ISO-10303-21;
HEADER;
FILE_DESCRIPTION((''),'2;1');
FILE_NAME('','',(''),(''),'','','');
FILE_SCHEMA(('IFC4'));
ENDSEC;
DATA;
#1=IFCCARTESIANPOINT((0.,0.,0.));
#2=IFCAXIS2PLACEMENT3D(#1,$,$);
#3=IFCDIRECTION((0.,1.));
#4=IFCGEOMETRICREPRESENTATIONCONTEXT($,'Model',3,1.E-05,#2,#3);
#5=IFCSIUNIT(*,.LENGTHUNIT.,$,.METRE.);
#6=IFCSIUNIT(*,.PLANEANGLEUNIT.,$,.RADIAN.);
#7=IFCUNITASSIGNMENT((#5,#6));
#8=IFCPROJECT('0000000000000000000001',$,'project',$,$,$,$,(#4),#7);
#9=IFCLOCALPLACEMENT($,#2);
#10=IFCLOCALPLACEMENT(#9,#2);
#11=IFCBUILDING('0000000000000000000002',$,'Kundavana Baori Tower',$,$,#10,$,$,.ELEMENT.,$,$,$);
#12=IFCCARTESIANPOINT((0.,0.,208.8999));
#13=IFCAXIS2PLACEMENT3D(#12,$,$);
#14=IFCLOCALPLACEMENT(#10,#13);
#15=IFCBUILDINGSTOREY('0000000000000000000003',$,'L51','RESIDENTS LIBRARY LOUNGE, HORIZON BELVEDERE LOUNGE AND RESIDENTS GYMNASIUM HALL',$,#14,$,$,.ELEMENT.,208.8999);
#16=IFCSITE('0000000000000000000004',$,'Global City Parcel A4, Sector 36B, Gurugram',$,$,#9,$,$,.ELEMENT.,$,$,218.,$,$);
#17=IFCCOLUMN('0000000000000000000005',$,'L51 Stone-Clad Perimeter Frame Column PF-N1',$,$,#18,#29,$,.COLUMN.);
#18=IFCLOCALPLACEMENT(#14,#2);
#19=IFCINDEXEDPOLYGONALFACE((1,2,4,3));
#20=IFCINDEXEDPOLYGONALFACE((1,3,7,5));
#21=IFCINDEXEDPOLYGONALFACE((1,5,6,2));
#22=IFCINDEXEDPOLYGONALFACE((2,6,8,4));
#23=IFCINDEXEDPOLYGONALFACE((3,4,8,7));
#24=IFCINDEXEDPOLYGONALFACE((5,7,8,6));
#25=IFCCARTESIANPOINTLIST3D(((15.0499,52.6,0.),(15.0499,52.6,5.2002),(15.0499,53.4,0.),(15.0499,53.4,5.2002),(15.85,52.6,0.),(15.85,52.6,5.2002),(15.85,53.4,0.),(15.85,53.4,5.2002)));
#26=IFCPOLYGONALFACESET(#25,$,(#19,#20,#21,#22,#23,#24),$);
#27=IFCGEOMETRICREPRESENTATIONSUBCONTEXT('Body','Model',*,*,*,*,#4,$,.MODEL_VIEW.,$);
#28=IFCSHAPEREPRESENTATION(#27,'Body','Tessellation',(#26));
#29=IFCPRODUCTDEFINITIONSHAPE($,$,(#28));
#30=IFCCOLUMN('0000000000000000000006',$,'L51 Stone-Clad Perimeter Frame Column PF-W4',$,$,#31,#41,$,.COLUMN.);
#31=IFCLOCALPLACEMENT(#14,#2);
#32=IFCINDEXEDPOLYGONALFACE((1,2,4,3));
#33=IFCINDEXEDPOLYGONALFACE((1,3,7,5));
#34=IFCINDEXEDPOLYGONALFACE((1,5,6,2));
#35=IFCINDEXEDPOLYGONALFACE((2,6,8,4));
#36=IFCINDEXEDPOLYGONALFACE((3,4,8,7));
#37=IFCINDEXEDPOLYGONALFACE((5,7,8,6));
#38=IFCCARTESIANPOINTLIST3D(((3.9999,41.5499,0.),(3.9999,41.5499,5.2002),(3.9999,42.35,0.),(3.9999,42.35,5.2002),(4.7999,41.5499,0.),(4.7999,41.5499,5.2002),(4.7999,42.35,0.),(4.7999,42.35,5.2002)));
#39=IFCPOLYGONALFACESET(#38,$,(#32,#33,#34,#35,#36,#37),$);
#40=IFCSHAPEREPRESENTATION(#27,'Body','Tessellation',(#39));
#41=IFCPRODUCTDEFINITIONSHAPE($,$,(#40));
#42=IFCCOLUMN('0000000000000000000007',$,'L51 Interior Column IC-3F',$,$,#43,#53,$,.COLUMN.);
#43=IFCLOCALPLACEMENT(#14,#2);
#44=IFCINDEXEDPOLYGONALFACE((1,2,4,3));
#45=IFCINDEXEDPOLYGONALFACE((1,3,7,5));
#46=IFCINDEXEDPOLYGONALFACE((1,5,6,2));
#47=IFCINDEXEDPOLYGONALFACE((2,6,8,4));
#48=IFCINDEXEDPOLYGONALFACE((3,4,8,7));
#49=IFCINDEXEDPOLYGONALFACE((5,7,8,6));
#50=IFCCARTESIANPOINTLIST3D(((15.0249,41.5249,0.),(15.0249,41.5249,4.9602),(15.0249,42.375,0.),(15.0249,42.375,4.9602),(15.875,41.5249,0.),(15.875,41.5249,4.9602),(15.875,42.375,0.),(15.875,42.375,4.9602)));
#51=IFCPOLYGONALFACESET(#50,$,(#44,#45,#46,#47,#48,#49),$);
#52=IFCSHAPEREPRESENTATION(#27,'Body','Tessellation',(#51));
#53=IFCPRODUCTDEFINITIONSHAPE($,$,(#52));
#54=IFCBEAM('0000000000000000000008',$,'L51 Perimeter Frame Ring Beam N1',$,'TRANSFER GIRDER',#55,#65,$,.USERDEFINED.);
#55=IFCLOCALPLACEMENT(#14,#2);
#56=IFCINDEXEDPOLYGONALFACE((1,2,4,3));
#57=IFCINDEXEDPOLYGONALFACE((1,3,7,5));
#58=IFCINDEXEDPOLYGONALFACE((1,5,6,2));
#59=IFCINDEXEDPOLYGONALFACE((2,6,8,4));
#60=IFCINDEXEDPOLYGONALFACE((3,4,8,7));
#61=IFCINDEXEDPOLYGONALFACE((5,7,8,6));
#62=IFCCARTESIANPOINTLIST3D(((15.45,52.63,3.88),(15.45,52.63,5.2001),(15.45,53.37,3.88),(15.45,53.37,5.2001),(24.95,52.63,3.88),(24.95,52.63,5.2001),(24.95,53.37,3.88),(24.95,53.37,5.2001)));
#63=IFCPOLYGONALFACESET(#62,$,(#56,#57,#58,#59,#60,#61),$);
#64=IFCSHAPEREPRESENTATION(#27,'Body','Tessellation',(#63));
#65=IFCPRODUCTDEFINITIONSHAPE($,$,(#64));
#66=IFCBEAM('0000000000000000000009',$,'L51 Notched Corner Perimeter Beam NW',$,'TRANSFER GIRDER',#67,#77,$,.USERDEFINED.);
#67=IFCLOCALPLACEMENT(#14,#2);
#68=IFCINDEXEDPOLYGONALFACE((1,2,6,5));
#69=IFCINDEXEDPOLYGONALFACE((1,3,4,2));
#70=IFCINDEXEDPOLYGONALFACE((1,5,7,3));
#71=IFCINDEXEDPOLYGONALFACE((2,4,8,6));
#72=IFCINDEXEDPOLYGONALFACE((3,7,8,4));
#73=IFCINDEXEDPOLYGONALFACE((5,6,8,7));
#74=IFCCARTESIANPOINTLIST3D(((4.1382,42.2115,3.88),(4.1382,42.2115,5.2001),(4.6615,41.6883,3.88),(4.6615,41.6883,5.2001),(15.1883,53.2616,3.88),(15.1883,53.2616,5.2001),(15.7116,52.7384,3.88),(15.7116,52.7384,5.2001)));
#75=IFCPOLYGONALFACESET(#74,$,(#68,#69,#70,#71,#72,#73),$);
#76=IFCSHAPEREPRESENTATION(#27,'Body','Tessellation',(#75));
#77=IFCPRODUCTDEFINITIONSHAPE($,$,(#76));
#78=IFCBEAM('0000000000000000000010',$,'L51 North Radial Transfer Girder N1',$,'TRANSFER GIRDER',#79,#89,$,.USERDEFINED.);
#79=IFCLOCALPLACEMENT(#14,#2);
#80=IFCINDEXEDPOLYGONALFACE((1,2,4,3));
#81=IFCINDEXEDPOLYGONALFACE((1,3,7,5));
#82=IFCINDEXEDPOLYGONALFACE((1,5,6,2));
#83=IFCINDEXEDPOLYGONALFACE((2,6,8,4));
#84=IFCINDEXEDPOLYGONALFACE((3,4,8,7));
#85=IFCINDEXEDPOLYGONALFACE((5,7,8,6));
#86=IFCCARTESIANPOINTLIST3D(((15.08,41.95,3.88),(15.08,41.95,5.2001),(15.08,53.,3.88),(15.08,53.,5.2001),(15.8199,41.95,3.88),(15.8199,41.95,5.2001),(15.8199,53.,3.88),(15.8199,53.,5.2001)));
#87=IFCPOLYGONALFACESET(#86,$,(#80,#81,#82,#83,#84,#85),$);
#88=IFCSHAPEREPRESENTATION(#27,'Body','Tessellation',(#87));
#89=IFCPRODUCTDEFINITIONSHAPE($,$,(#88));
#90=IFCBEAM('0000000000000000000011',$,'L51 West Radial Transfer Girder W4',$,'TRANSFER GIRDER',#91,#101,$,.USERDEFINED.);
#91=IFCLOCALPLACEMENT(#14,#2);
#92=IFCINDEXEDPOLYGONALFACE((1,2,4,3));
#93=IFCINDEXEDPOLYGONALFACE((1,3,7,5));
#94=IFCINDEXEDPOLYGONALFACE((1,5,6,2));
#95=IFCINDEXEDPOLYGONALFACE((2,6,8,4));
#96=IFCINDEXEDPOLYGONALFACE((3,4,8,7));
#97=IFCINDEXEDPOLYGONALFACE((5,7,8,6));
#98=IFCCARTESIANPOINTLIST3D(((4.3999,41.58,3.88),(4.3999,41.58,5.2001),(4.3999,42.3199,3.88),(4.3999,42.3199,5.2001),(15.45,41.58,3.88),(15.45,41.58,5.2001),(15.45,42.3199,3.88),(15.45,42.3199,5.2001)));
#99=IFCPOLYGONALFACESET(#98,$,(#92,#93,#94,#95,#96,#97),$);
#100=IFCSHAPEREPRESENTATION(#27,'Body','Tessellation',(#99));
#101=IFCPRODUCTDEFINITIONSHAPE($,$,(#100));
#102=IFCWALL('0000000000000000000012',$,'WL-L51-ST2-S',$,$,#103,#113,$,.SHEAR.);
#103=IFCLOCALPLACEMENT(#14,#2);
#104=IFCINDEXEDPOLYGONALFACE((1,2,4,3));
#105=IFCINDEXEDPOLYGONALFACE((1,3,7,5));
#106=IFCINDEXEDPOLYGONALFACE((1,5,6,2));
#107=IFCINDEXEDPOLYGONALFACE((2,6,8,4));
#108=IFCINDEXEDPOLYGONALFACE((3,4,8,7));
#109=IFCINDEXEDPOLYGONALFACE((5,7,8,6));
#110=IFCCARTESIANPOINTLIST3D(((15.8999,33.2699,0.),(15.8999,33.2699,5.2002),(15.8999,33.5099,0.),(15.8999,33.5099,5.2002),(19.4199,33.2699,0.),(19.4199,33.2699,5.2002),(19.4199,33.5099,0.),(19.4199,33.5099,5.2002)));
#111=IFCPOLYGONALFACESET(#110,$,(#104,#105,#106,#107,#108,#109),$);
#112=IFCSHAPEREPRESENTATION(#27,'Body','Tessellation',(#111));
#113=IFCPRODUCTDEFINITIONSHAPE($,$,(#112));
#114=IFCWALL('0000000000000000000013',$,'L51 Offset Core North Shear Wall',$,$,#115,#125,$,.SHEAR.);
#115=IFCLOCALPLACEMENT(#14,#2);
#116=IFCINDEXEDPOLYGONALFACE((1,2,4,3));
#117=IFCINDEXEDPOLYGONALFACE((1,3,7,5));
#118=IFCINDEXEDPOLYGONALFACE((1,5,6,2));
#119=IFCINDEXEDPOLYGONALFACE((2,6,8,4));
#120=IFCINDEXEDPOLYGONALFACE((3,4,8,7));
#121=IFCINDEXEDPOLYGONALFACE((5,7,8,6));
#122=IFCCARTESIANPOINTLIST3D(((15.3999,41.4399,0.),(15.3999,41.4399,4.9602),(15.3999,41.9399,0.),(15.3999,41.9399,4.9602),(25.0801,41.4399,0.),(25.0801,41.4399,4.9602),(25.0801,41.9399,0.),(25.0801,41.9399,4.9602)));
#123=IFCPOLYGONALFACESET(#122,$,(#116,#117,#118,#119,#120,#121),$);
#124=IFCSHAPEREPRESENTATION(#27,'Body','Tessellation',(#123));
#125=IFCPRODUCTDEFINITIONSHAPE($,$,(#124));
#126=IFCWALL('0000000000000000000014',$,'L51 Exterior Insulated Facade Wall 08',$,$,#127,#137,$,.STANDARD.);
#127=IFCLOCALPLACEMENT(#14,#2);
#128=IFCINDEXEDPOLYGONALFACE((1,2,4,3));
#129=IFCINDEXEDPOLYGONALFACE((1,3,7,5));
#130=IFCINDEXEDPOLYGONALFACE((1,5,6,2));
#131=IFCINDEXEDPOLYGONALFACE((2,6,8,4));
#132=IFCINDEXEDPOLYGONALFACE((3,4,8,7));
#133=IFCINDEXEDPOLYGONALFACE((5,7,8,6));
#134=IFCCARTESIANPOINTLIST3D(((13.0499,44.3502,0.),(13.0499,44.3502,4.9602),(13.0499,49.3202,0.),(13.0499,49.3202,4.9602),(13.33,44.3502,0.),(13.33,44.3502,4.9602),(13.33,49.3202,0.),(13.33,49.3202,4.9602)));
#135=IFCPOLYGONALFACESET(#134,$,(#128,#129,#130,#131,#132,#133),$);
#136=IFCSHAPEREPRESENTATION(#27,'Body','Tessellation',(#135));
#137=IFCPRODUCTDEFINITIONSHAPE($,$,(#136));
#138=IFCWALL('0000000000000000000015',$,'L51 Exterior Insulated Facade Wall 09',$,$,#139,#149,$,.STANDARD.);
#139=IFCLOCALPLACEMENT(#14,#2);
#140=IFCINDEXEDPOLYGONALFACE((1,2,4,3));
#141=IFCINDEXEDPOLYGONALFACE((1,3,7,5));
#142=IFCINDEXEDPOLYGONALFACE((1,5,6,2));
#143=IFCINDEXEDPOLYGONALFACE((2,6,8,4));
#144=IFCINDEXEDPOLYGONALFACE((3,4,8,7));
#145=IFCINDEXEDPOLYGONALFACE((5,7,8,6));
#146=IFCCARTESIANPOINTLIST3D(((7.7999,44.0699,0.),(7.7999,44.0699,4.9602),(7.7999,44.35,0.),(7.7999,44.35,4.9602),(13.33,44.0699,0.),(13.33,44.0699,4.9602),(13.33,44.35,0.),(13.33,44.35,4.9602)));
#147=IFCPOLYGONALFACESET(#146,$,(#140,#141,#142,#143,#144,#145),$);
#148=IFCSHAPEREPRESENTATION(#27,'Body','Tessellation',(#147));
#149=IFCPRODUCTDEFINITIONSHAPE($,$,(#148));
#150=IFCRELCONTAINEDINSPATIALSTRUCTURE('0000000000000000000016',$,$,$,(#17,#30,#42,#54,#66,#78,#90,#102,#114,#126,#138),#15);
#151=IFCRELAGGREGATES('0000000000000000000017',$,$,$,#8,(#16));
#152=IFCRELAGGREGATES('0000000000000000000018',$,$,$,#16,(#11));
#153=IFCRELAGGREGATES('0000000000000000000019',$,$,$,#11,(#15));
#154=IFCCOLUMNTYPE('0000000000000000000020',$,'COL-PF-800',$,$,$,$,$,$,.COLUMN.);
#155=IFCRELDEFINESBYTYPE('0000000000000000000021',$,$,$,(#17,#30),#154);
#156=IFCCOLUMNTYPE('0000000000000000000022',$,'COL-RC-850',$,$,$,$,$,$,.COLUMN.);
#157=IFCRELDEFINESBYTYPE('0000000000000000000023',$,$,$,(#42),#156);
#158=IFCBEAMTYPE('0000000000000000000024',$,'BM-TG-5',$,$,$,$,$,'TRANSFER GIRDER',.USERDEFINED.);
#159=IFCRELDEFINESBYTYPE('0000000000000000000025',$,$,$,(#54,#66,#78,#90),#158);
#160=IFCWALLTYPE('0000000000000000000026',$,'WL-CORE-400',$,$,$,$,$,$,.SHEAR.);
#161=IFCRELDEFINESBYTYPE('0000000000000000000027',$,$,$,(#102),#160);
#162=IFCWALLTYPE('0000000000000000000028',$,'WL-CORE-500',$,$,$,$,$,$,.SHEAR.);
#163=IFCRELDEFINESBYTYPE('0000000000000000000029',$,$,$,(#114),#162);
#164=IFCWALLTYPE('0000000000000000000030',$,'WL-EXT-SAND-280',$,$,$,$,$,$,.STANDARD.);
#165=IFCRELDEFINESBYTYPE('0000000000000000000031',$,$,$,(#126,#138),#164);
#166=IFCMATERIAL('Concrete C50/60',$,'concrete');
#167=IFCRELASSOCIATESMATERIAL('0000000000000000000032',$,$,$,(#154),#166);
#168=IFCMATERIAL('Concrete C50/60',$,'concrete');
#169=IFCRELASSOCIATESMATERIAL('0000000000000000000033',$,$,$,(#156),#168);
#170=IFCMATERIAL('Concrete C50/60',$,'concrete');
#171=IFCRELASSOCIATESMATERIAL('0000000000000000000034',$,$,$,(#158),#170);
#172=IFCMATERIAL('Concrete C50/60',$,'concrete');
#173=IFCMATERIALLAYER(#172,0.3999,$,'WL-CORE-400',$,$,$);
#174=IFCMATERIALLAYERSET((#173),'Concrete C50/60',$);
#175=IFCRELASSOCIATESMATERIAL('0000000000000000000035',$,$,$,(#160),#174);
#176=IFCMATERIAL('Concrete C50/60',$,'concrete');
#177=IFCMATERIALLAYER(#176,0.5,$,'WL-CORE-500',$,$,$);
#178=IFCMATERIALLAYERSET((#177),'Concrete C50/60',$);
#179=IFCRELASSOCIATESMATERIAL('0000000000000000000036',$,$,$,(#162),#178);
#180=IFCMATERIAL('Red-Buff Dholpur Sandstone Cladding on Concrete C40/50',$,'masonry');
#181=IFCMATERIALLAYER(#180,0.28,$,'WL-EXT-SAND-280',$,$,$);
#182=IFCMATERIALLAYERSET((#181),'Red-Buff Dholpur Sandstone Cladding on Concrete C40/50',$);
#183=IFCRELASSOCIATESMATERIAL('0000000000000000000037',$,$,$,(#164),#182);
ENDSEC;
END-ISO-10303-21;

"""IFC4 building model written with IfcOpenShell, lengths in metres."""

from ifc_helpers import new_model, si_unit, direction, frame, frame_2d, origin, origin_2d, place, context, subcontext, project, spatial, rectangle, extrude, material, layer, layer_set, material_profile, profile_set, type_object, element, save


model = new_model("IFC4")

# Units and contexts
model_context = context("Model", 3, precision=1e-05, world=origin(), true_north=direction((0.0, 1.0)))
body_context = subcontext(model_context, "Body", "Model", "MODEL_VIEW")
ifc_project = project(units=[si_unit("LENGTHUNIT", "METRE"), si_unit("PLANEANGLEUNIT", "RADIAN")], contexts=[model_context])

# Site, building, storey
site_placement = place(None, origin())
site = spatial("IfcSite", under=ifc_project, at=site_placement, Name="Global City Parcel A4, Sector 36B, Gurugram", CompositionType="ELEMENT", RefElevation=218.0)
building_placement = place(site_placement, origin())
building = spatial("IfcBuilding", under=site, at=building_placement, Name="Kundavana Baori Tower", CompositionType="ELEMENT")
storey_placement = place(building_placement, frame((0.0, 0.0, 208.8999)))
storey = spatial("IfcBuildingStorey", under=building, at=storey_placement, Name="L51", Description="RESIDENTS LIBRARY LOUNGE, HORIZON BELVEDERE LOUNGE AND RESIDENTS GYMNASIUM HALL", CompositionType="ELEMENT", Elevation=208.8999)

# Columns
ifc_material_1 = material(Name="Concrete C50/60", Category="concrete")
ifc_material_profile_1 = material_profile(ifc_material_1, rectangle(XDim=0.8, YDim=0.8, at=origin_2d()), Name="RC PF 800x800")
ifc_profile_set_1 = profile_set([ifc_material_profile_1], Name="Concrete C50/60")
column_type_1 = type_object("IfcColumnType", Name="COL-PF-800", PredefinedType="COLUMN", material=ifc_profile_set_1)
for number, where, z_axis, x_axis, name in (
    (1, (15.45, 53.0, 0.0), (0.0, 0.0, 1.0), (1.0, 0.0, 0.0), "L51 Stone-Clad Perimeter Frame Column PF-N1"),
    (2, (4.3999, 41.95, 0.0), (0.0, 0.0, 1.0), (1.0, 0.0, 0.0), "L51 Stone-Clad Perimeter Frame Column PF-W4"),
):
    element("IfcColumn", number, at=place(storey_placement, frame(where, z_axis=z_axis, x_axis=x_axis)), inside=storey, type_object=column_type_1, Name=name, PredefinedType="COLUMN", context=body_context, shape_type="SweptSolid", body=[
        extrude(rectangle(XDim=0.8, YDim=0.8, at=origin_2d()), origin(), (0.0, 0.0, 1.0), 5.2002),
    ])
ifc_material_2 = material(Name="Concrete C50/60", Category="concrete")
ifc_material_profile_2 = material_profile(ifc_material_2, rectangle(XDim=0.8501, YDim=0.8501, at=origin_2d()), Name="RC 850x850")
ifc_profile_set_2 = profile_set([ifc_material_profile_2], Name="Concrete C50/60")
column_type_2 = type_object("IfcColumnType", Name="COL-RC-850", PredefinedType="COLUMN", material=ifc_profile_set_2)
column_placement = place(storey_placement, frame((15.45, 41.95, 0.0), z_axis=(0.0, 0.0, 1.0), x_axis=(1.0, 0.0, 0.0)))
element("IfcColumn", 3, at=column_placement, inside=storey, type_object=column_type_2, Name="L51 Interior Column IC-3F", PredefinedType="COLUMN", context=body_context, shape_type="SweptSolid", body=[
    extrude(rectangle(XDim=0.8501, YDim=0.8501, at=origin_2d()), origin(), (0.0, 0.0, 1.0), 4.9602),
])

# Beams
ifc_material_3 = material(Name="Concrete C50/60", Category="concrete")
ifc_material_profile_3 = material_profile(ifc_material_3, rectangle(XDim=0.74, YDim=1.3201, at=origin_2d()), Name="BM-TG-5")
ifc_profile_set_3 = profile_set([ifc_material_profile_3], Name="Concrete C50/60")
beam_type = type_object("IfcBeamType", Name="BM-TG-5", ElementType="TRANSFER GIRDER", PredefinedType="USERDEFINED", material=ifc_profile_set_3)
beam_1_placement = place(storey_placement, frame((15.45, 53.0, 4.54), z_axis=(1.0, 0.0, 0.0), x_axis=(0.0, 1.0, 0.0)))
element("IfcBeam", 4, at=beam_1_placement, inside=storey, type_object=beam_type, Name="L51 Perimeter Frame Ring Beam N1", ObjectType="TRANSFER GIRDER", PredefinedType="USERDEFINED", context=body_context, shape_type="SweptSolid", body=[
    extrude(rectangle(XDim=0.74, YDim=1.3201, at=origin_2d()), origin(), (0.0, 0.0, 1.0), 9.5),
])
beam_2_placement = place(storey_placement, frame((15.45, 53.0, 4.54), z_axis=(-0.707107, -0.707107, 0.0), x_axis=(0.707107, -0.707107, 0.0)))
element("IfcBeam", 5, at=beam_2_placement, inside=storey, type_object=beam_type, Name="L51 Notched Corner Perimeter Beam NW", ObjectType="TRANSFER GIRDER", PredefinedType="USERDEFINED", context=body_context, shape_type="SweptSolid", body=[
    extrude(rectangle(XDim=0.74, YDim=1.3201, at=origin_2d()), origin(), (0.0, 0.0, 1.0), 15.6272),
])
for number, where, z_axis, x_axis, name in (
    (6, (15.45, 41.95, 4.54), (0.0, 1.0, 0.0), (-1.0, 0.0, 0.0), "L51 North Radial Transfer Girder N1"),
    (7, (15.45, 41.95, 4.54), (-1.0, 0.0, 0.0), (0.0, -1.0, 0.0), "L51 West Radial Transfer Girder W4"),
):
    element("IfcBeam", number, at=place(storey_placement, frame(where, z_axis=z_axis, x_axis=x_axis)), inside=storey, type_object=beam_type, Name=name, ObjectType="TRANSFER GIRDER", PredefinedType="USERDEFINED", context=body_context, shape_type="SweptSolid", body=[
        extrude(rectangle(XDim=0.74, YDim=1.3201, at=origin_2d()), origin(), (0.0, 0.0, 1.0), 11.05),
    ])

# Walls
ifc_material_4 = material(Name="Concrete C50/60", Category="concrete")
ifc_layer_1 = layer(ifc_material_4, 0.3999, Name="WL-CORE-400")
ifc_layer_set_1 = layer_set([ifc_layer_1], Name="Concrete C50/60")
wall_type_1 = type_object("IfcWallType", Name="WL-CORE-400", PredefinedType="SHEAR", material=ifc_layer_set_1)
wall_1_placement = place(storey_placement, frame((15.8999, 33.3899, 0.0), z_axis=(0.0, 0.0, 1.0), x_axis=(1.0, 0.0, 0.0)))
element("IfcWall", 8, at=wall_1_placement, inside=storey, type_object=wall_type_1, Name="WL-L51-ST2-S", PredefinedType="SHEAR", context=body_context, shape_type="SweptSolid", body=[
    extrude(rectangle(XDim=3.52, YDim=0.24, at=frame_2d((1.76, 0.0))), origin(), (0.0, 0.0, 1.0), 5.2002),
])
ifc_material_5 = material(Name="Concrete C50/60", Category="concrete")
ifc_layer_2 = layer(ifc_material_5, 0.5, Name="WL-CORE-500")
ifc_layer_set_2 = layer_set([ifc_layer_2], Name="Concrete C50/60")
wall_type_2 = type_object("IfcWallType", Name="WL-CORE-500", PredefinedType="SHEAR", material=ifc_layer_set_2)
wall_2_placement = place(storey_placement, frame((15.3999, 41.6899, 0.0), z_axis=(0.0, 0.0, 1.0), x_axis=(1.0, 0.0, 0.0)))
element("IfcWall", 9, at=wall_2_placement, inside=storey, type_object=wall_type_2, Name="L51 Offset Core North Shear Wall", PredefinedType="SHEAR", context=body_context, shape_type="SweptSolid", body=[
    extrude(rectangle(XDim=9.6802, YDim=0.5, at=frame_2d((4.8401, 0.0))), origin(), (0.0, 0.0, 1.0), 4.9602),
])
ifc_material_6 = material(Name="Red-Buff Dholpur Sandstone Cladding on Concrete C40/50", Category="masonry")
ifc_layer_3 = layer(ifc_material_6, 0.28, Name="WL-EXT-SAND-280")
ifc_layer_set_3 = layer_set([ifc_layer_3], Name="Red-Buff Dholpur Sandstone Cladding on Concrete C40/50")
wall_type_3 = type_object("IfcWallType", Name="WL-EXT-SAND-280", PredefinedType="STANDARD", material=ifc_layer_set_3)
wall_3_placement = place(storey_placement, frame((13.1899, 49.3201, 0.0), z_axis=(0.0, 0.0, 1.0), x_axis=(0.0, -1.0, 0.0)))
element("IfcWall", 10, at=wall_3_placement, inside=storey, type_object=wall_type_3, Name="L51 Exterior Insulated Facade Wall 08", PredefinedType="STANDARD", context=body_context, shape_type="SweptSolid", body=[
    extrude(rectangle(XDim=4.97, YDim=0.28, at=frame_2d((2.4849, 0.0))), origin(), (0.0, 0.0, 1.0), 4.9602),
])
wall_4_placement = place(storey_placement, frame((13.3301, 44.21, 0.0), z_axis=(0.0, 0.0, 1.0), x_axis=(-1.0, 0.0, 0.0)))
element("IfcWall", 11, at=wall_4_placement, inside=storey, type_object=wall_type_3, Name="L51 Exterior Insulated Facade Wall 09", PredefinedType="STANDARD", context=body_context, shape_type="SweptSolid", body=[
    extrude(rectangle(XDim=5.53, YDim=0.28, at=frame_2d((2.7651, 0.0))), origin(), (0.0, 0.0, 1.0), 4.9602),
])

save(model, "model.ifc")
